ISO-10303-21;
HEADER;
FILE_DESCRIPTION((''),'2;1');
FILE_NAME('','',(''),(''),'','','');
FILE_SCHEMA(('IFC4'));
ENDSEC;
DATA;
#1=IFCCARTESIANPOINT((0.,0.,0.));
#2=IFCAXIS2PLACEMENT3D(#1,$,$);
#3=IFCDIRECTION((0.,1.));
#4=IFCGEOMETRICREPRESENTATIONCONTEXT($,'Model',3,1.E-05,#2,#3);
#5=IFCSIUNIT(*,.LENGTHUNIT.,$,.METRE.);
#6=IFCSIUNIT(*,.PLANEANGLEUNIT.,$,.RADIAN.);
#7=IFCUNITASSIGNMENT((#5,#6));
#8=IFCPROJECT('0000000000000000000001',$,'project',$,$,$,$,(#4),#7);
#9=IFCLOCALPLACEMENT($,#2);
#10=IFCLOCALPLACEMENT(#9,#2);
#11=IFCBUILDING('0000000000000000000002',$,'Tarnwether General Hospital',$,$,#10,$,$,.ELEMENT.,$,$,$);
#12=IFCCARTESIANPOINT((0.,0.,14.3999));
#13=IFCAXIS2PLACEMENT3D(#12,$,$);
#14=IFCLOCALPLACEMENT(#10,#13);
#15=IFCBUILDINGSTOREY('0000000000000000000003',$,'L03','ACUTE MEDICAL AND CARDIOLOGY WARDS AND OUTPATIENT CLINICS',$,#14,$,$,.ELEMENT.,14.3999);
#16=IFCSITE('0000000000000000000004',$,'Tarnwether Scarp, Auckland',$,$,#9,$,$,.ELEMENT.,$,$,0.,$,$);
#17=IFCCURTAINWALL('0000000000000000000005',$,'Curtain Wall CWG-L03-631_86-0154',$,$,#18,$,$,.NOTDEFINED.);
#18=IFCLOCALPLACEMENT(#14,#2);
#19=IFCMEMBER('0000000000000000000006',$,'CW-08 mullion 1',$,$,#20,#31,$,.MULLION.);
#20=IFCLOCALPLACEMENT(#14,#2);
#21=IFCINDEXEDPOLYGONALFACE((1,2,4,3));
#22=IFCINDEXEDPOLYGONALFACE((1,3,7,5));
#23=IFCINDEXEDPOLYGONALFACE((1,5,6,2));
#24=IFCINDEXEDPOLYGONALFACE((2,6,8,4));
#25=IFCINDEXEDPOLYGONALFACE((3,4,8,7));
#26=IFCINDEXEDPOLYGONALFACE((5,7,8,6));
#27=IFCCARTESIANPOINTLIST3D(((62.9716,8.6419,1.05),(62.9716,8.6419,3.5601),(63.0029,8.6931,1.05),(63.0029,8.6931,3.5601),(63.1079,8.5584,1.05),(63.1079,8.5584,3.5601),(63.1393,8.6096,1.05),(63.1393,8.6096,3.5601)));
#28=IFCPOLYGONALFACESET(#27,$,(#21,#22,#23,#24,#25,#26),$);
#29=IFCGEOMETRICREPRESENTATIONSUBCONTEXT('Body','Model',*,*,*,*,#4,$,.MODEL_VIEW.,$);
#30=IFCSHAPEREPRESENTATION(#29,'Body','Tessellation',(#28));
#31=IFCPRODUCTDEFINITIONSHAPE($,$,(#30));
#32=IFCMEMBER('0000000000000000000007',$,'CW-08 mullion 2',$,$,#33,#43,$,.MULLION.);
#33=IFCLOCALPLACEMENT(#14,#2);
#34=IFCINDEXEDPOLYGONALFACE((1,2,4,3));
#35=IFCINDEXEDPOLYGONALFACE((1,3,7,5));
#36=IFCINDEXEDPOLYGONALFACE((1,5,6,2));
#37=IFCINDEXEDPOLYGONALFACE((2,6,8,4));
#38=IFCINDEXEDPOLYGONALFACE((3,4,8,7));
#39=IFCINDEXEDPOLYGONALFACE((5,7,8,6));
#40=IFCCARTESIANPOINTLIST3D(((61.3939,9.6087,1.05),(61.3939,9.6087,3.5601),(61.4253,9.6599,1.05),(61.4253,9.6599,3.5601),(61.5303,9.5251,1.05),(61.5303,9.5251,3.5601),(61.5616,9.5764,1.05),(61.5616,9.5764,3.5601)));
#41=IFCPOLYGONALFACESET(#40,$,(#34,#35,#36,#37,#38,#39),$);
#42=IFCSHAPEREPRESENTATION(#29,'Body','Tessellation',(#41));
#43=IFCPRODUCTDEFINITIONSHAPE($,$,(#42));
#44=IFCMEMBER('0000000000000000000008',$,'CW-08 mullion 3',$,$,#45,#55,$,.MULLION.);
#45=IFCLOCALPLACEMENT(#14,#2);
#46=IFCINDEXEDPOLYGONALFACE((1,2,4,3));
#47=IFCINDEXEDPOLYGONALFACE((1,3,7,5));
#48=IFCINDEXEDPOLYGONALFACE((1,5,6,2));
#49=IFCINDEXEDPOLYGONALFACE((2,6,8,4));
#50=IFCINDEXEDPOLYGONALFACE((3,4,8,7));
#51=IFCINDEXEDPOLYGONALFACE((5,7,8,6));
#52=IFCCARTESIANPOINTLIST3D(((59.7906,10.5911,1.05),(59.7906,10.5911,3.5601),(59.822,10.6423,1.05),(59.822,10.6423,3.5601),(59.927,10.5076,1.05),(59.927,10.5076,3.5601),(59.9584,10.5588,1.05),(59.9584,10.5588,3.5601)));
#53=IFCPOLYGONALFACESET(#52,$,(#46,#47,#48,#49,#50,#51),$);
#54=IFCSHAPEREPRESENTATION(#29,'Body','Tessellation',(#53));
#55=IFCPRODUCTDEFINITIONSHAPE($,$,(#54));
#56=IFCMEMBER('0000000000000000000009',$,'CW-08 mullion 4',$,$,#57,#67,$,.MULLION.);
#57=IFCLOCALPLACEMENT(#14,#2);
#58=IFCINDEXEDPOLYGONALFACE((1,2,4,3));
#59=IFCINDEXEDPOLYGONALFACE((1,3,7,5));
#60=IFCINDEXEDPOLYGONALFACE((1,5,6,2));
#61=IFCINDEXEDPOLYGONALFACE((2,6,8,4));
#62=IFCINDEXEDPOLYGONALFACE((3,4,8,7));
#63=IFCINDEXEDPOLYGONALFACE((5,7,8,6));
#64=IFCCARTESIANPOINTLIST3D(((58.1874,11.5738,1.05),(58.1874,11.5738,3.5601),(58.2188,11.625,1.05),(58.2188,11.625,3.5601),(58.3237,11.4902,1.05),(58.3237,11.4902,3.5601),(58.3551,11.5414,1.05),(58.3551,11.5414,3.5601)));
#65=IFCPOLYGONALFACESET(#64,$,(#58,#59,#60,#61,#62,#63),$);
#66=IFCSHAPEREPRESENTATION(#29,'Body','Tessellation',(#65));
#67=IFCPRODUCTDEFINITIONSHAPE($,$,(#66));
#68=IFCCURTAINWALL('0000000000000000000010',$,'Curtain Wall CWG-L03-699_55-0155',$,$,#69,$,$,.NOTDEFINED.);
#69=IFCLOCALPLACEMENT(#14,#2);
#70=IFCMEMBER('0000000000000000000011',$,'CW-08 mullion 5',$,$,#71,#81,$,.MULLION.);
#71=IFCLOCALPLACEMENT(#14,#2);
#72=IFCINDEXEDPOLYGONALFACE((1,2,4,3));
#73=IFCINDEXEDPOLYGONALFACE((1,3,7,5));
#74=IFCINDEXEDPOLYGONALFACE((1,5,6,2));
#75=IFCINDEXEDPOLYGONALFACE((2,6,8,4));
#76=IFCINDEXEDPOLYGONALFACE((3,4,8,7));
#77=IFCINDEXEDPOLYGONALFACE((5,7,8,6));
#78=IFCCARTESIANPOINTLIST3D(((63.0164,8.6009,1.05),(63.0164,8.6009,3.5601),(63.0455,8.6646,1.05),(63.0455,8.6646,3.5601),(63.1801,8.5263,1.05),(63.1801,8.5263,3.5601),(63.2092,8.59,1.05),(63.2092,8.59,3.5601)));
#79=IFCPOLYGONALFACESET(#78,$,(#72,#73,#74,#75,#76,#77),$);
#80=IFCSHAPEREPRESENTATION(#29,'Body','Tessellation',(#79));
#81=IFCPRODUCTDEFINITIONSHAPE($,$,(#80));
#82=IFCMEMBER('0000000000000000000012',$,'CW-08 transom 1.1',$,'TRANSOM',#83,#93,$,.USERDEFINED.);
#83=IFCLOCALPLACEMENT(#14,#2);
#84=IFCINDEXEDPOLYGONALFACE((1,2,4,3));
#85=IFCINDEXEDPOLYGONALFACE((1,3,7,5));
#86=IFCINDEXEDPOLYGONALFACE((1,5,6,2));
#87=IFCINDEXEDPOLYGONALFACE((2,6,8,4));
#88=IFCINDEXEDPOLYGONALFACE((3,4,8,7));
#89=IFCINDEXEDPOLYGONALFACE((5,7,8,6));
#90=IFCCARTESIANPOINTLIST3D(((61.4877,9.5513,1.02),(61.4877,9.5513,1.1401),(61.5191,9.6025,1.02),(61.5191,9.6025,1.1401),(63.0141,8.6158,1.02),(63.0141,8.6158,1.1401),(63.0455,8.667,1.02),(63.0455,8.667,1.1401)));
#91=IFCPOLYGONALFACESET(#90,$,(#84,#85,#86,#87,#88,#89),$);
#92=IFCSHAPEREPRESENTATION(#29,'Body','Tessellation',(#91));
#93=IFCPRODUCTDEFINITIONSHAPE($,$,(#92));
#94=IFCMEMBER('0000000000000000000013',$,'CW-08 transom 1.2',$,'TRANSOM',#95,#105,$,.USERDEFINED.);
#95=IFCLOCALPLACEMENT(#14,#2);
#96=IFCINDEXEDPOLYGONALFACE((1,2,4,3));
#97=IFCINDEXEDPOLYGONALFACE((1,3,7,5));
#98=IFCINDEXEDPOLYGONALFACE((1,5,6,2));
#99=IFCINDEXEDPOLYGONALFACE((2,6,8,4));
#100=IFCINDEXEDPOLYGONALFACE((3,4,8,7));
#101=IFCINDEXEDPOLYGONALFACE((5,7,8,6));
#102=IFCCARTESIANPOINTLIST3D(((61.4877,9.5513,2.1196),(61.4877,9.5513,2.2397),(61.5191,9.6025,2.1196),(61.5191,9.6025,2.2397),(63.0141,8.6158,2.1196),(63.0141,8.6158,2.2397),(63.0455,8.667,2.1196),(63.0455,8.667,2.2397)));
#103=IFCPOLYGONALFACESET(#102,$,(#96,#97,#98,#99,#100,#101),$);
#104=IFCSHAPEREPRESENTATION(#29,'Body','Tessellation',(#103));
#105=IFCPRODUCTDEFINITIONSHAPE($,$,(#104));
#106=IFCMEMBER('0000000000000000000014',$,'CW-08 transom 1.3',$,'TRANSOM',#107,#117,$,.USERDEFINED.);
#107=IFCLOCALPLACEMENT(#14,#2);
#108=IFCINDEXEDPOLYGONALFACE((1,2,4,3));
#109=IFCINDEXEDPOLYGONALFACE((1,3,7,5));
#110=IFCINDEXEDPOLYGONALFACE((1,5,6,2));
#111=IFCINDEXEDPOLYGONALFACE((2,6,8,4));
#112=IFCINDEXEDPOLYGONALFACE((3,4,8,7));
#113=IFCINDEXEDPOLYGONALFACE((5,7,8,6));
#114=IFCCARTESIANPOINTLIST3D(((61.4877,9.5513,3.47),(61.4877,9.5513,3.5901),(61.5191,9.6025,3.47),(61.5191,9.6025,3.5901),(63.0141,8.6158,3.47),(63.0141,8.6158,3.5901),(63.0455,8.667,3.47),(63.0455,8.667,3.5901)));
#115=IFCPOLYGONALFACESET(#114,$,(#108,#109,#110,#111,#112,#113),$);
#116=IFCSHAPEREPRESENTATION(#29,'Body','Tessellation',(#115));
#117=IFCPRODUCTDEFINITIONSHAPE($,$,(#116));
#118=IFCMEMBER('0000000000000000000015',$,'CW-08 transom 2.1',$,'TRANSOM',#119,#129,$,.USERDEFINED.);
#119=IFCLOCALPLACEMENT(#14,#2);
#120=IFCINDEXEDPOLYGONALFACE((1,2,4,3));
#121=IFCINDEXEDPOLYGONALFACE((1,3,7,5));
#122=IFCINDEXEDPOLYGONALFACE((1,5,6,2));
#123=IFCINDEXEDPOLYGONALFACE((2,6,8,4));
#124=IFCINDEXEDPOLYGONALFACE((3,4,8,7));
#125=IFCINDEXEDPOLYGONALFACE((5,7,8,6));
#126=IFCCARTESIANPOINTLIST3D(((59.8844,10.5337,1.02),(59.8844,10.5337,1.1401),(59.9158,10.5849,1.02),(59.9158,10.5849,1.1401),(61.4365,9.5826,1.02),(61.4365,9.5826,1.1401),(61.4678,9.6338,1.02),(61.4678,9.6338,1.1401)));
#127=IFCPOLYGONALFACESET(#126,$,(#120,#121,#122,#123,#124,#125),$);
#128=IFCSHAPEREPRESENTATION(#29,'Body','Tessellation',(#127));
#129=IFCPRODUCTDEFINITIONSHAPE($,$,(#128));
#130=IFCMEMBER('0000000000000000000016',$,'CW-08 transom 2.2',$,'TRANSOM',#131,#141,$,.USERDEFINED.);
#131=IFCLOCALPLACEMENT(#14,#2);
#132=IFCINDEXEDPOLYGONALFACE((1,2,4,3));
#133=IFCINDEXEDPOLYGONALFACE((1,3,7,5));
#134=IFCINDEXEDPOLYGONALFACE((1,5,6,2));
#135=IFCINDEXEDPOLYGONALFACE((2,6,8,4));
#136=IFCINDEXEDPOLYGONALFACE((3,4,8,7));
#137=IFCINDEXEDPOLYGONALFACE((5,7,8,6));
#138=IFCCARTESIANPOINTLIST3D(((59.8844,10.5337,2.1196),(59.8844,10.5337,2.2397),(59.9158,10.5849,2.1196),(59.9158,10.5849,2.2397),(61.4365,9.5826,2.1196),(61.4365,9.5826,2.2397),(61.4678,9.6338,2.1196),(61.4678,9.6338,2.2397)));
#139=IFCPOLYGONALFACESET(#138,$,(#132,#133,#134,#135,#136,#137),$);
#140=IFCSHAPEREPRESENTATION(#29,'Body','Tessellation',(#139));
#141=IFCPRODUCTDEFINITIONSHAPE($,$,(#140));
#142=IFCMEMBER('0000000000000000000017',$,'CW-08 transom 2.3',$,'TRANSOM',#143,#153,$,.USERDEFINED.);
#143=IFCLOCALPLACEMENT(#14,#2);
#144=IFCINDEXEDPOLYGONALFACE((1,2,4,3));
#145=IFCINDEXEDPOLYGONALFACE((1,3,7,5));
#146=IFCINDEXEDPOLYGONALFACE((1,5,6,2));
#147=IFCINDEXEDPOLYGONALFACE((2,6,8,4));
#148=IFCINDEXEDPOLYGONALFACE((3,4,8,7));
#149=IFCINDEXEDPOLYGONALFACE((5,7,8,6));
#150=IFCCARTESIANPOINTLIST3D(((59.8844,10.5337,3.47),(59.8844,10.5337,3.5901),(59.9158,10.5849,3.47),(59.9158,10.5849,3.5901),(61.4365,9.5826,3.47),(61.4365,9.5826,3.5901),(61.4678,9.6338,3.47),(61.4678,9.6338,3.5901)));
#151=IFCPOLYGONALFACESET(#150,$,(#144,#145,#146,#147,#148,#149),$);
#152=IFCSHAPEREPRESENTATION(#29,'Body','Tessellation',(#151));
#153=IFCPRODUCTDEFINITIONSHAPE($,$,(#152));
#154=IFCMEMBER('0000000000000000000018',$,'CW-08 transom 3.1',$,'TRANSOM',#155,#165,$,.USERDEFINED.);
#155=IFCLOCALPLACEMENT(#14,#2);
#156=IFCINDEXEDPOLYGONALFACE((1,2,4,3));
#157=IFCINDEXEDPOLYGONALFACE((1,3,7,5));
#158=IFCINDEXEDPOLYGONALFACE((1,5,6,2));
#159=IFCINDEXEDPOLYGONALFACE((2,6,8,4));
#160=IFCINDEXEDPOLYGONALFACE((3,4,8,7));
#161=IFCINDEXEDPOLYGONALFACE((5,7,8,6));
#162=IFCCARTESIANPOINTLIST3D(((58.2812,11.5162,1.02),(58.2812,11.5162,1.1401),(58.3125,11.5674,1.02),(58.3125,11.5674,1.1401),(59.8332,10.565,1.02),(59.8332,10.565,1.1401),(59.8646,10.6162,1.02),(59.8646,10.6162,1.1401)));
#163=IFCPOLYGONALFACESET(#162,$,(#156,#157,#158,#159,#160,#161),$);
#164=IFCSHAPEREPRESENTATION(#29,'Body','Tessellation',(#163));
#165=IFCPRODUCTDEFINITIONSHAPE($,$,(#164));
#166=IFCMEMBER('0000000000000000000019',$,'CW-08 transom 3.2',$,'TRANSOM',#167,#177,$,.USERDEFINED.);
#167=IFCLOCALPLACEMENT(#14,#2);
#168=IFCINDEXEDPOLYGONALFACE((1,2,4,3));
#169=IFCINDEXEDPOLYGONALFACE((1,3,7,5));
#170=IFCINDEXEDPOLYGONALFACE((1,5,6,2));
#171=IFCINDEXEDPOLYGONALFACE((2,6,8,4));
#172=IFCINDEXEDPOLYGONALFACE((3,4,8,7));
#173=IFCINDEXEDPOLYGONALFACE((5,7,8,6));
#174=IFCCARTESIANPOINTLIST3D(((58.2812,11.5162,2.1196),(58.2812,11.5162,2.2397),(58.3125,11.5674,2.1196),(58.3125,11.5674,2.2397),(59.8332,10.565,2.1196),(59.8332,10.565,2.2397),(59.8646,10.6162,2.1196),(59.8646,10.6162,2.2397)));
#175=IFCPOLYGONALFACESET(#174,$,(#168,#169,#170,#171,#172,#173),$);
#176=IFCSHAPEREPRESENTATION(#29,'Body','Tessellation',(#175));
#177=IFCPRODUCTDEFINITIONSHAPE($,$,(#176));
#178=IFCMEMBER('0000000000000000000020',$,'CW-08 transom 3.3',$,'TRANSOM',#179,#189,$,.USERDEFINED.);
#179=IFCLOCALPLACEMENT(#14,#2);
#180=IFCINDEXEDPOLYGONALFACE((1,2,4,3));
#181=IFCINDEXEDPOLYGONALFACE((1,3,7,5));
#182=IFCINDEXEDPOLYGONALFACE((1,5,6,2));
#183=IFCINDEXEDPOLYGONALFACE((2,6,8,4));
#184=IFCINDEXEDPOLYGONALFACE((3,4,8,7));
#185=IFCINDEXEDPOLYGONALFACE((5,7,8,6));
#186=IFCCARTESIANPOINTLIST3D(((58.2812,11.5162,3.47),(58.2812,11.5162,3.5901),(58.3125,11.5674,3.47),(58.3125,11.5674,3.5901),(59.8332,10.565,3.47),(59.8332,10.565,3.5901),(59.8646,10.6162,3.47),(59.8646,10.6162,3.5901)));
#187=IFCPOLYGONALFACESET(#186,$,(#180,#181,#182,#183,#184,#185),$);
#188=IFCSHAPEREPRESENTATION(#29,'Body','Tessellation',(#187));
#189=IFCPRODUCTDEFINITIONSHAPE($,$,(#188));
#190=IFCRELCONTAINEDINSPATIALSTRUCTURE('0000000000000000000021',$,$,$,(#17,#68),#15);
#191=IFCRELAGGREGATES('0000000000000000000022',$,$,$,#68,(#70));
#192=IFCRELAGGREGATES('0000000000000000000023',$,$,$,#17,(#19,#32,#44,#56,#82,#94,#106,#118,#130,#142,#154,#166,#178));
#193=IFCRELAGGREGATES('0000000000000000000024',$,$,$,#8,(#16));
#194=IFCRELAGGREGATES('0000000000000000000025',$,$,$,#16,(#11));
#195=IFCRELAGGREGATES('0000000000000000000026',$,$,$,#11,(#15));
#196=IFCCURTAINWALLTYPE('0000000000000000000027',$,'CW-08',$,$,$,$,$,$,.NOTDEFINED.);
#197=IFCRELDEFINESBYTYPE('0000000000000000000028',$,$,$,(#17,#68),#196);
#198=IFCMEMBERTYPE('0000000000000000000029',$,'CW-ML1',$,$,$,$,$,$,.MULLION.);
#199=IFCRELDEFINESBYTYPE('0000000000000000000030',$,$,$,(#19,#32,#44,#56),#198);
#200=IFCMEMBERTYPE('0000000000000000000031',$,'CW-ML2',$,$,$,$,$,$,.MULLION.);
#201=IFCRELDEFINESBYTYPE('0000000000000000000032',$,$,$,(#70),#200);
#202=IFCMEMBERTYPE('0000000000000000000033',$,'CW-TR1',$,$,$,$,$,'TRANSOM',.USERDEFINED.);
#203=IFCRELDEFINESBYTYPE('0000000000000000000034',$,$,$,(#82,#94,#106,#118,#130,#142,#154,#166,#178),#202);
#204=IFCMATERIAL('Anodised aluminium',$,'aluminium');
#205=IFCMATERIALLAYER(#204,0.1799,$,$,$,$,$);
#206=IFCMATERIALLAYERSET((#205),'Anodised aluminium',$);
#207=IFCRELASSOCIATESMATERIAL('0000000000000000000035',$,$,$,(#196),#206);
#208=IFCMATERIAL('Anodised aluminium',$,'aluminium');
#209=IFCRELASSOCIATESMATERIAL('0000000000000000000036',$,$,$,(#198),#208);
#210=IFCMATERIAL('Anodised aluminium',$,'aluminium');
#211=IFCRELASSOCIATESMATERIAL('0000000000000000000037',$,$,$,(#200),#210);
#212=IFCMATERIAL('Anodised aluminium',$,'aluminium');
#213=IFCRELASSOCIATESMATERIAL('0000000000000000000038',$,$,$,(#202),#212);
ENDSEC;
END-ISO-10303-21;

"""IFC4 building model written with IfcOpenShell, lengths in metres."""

from ifc_helpers import new_model, si_unit, direction, frame, origin, origin_2d, place, context, subcontext, project, spatial, rectangle, extrude, material, layer, layer_set, material_profile, profile_set, type_object, element, aggregate, save


model = new_model("IFC4")

# Units and contexts
model_context = context("Model", 3, precision=1e-05, world=origin(), true_north=direction((0.0, 1.0)))
body_context = subcontext(model_context, "Body", "Model", "MODEL_VIEW")
ifc_project = project(units=[si_unit("LENGTHUNIT", "METRE"), si_unit("PLANEANGLEUNIT", "RADIAN")], contexts=[model_context])

# Site, building, storey
site_placement = place(None, origin())
site = spatial("IfcSite", under=ifc_project, at=site_placement, Name="Tarnwether Scarp, Auckland", CompositionType="ELEMENT", RefElevation=0.0)
building_placement = place(site_placement, origin())
building = spatial("IfcBuilding", under=site, at=building_placement, Name="Tarnwether General Hospital", CompositionType="ELEMENT")
storey_placement = place(building_placement, frame((0.0, 0.0, 14.3999)))
storey = spatial("IfcBuildingStorey", under=building, at=storey_placement, Name="L03", Description="ACUTE MEDICAL AND CARDIOLOGY WARDS AND OUTPATIENT CLINICS", CompositionType="ELEMENT", Elevation=14.3999)

# Curtain wall, members
ifc_material_1 = material(Name="Anodised aluminium", Category="aluminium")
ifc_layer_1 = layer(ifc_material_1, 0.1799)
ifc_layer_set_1 = layer_set([ifc_layer_1], Name="Anodised aluminium")
curtain_wall_type = type_object("IfcCurtainWallType", Name="CW-08", PredefinedType="NOTDEFINED", material=ifc_layer_set_1)
curtain_wall_1_placement = place(storey_placement, origin())
curtain_wall_1 = element("IfcCurtainWall", 1, at=curtain_wall_1_placement, inside=storey, type_object=curtain_wall_type, Name="Curtain Wall CWG-L03-631_86-0154", PredefinedType="NOTDEFINED")
ifc_material_2 = material(Name="Anodised aluminium", Category="aluminium")
ifc_material_profile_1 = material_profile(ifc_material_2, rectangle(XDim=0.0601, YDim=0.1599, at=origin_2d()), Name="ALU-MUL-60x160")
ifc_profile_set_1 = profile_set([ifc_material_profile_1], Name="Anodised aluminium")
member_type_1 = type_object("IfcMemberType", Name="CW-ML1", PredefinedType="MULLION", material=ifc_profile_set_1)
member_1_placement = place(storey_placement, frame((63.0554, 8.6257, 1.05), z_axis=(0.0, 0.0, 1.0), x_axis=(-0.522509, -0.852634, 0.0)))
member_1 = element("IfcMember", 2, at=member_1_placement, type_object=member_type_1, Name="CW-08 mullion 1", PredefinedType="MULLION", context=body_context, shape_type="SweptSolid", body=[
    extrude(rectangle(XDim=0.0601, YDim=0.1599, at=origin_2d()), origin(), (0.0, 0.0, 1.0), 2.51),
])
member_2_placement = place(storey_placement, frame((61.4778, 9.5925, 1.05), z_axis=(0.0, 0.0, 1.0), x_axis=(-0.522509, -0.852634, 0.0)))
member_2 = element("IfcMember", 3, at=member_2_placement, type_object=member_type_1, Name="CW-08 mullion 2", PredefinedType="MULLION", context=body_context, shape_type="SweptSolid", body=[
    extrude(rectangle(XDim=0.0601, YDim=0.1599, at=origin_2d()), origin(), (0.0, 0.0, 1.0), 2.51),
])
member_3_placement = place(storey_placement, frame((59.8745, 10.575, 1.05), z_axis=(0.0, 0.0, 1.0), x_axis=(-0.522509, -0.852634, 0.0)))
member_3 = element("IfcMember", 4, at=member_3_placement, type_object=member_type_1, Name="CW-08 mullion 3", PredefinedType="MULLION", context=body_context, shape_type="SweptSolid", body=[
    extrude(rectangle(XDim=0.0601, YDim=0.1599, at=origin_2d()), origin(), (0.0, 0.0, 1.0), 2.51),
])
member_4_placement = place(storey_placement, frame((58.2712, 11.5576, 1.05), z_axis=(0.0, 0.0, 1.0), x_axis=(-0.522509, -0.852634, 0.0)))
member_4 = element("IfcMember", 5, at=member_4_placement, type_object=member_type_1, Name="CW-08 mullion 4", PredefinedType="MULLION", context=body_context, shape_type="SweptSolid", body=[
    extrude(rectangle(XDim=0.0601, YDim=0.1599, at=origin_2d()), origin(), (0.0, 0.0, 1.0), 2.51),
])

# Curtain wall, member
curtain_wall_2_placement = place(storey_placement, origin())
curtain_wall_2 = element("IfcCurtainWall", 6, at=curtain_wall_2_placement, inside=storey, type_object=curtain_wall_type, Name="Curtain Wall CWG-L03-699_55-0155", PredefinedType="NOTDEFINED")
ifc_material_3 = material(Name="Anodised aluminium", Category="aluminium")
ifc_material_profile_2 = material_profile(ifc_material_3, rectangle(XDim=0.0701, YDim=0.1799, at=origin_2d()), Name="ALU-MUL-70x180")
ifc_profile_set_2 = profile_set([ifc_material_profile_2], Name="Anodised aluminium")
member_type_2 = type_object("IfcMemberType", Name="CW-ML2", PredefinedType="MULLION", material=ifc_profile_set_2)
member_5_placement = place(storey_placement, frame((63.1128, 8.5955, 1.05), z_axis=(0.0, 0.0, 1.0), x_axis=(-0.414694, -0.909961, 0.0)))
member_5 = element("IfcMember", 7, at=member_5_placement, type_object=member_type_2, Name="CW-08 mullion 5", PredefinedType="MULLION", context=body_context, shape_type="SweptSolid", body=[
    extrude(rectangle(XDim=0.0701, YDim=0.1799, at=origin_2d()), origin(), (0.0, 0.0, 1.0), 2.51),
])

# Members
ifc_material_4 = material(Name="Anodised aluminium", Category="aluminium")
ifc_material_profile_3 = material_profile(ifc_material_4, rectangle(XDim=0.0601, YDim=0.1201, at=origin_2d()), Name="ALU-TRN-60x120")
ifc_profile_set_3 = profile_set([ifc_material_profile_3], Name="Anodised aluminium")
member_type_3 = type_object("IfcMemberType", Name="CW-TR1", ElementType="TRANSOM", PredefinedType="USERDEFINED", material=ifc_profile_set_3)
member_6_placement = place(storey_placement, frame((63.0298, 8.6414, 1.0801), z_axis=(-0.852593, 0.522575, 0.0), x_axis=(-0.522575, -0.852593, 0.0)))
member_6 = element("IfcMember", 8, at=member_6_placement, type_object=member_type_3, Name="CW-08 transom 1.1", ObjectType="TRANSOM", PredefinedType="USERDEFINED", context=body_context, shape_type="SweptSolid", body=[
    extrude(rectangle(XDim=0.0601, YDim=0.1201, at=origin_2d()), origin(), (0.0, 0.0, 1.0), 1.7903),
])
member_7_placement = place(storey_placement, frame((63.0298, 8.6414, 2.1797), z_axis=(-0.852593, 0.522575, 0.0), x_axis=(-0.522575, -0.852593, 0.0)))
member_7 = element("IfcMember", 9, at=member_7_placement, type_object=member_type_3, Name="CW-08 transom 1.2", ObjectType="TRANSOM", PredefinedType="USERDEFINED", context=body_context, shape_type="SweptSolid", body=[
    extrude(rectangle(XDim=0.0601, YDim=0.1201, at=origin_2d()), origin(), (0.0, 0.0, 1.0), 1.7903),
])
member_8_placement = place(storey_placement, frame((63.0298, 8.6414, 3.53), z_axis=(-0.852593, 0.522575, 0.0), x_axis=(-0.522575, -0.852593, 0.0)))
member_8 = element("IfcMember", 10, at=member_8_placement, type_object=member_type_3, Name="CW-08 transom 1.3", ObjectType="TRANSOM", PredefinedType="USERDEFINED", context=body_context, shape_type="SweptSolid", body=[
    extrude(rectangle(XDim=0.0601, YDim=0.1201, at=origin_2d()), origin(), (0.0, 0.0, 1.0), 1.7903),
])
member_9_placement = place(storey_placement, frame((61.4521, 9.6082, 1.0801), z_axis=(-0.852615, 0.52254, 0.0), x_axis=(-0.52254, -0.852615, 0.0)))
member_9 = element("IfcMember", 11, at=member_9_placement, type_object=member_type_3, Name="CW-08 transom 2.1", ObjectType="TRANSOM", PredefinedType="USERDEFINED", context=body_context, shape_type="SweptSolid", body=[
    extrude(rectangle(XDim=0.0601, YDim=0.1201, at=origin_2d()), origin(), (0.0, 0.0, 1.0), 1.8203),
])
member_10_placement = place(storey_placement, frame((61.4521, 9.6082, 2.1797), z_axis=(-0.852615, 0.52254, 0.0), x_axis=(-0.52254, -0.852615, 0.0)))
member_10 = element("IfcMember", 12, at=member_10_placement, type_object=member_type_3, Name="CW-08 transom 2.2", ObjectType="TRANSOM", PredefinedType="USERDEFINED", context=body_context, shape_type="SweptSolid", body=[
    extrude(rectangle(XDim=0.0601, YDim=0.1201, at=origin_2d()), origin(), (0.0, 0.0, 1.0), 1.8203),
])
member_11_placement = place(storey_placement, frame((61.4521, 9.6082, 3.53), z_axis=(-0.852615, 0.52254, 0.0), x_axis=(-0.52254, -0.852615, 0.0)))
member_11 = element("IfcMember", 13, at=member_11_placement, type_object=member_type_3, Name="CW-08 transom 2.3", ObjectType="TRANSOM", PredefinedType="USERDEFINED", context=body_context, shape_type="SweptSolid", body=[
    extrude(rectangle(XDim=0.0601, YDim=0.1201, at=origin_2d()), origin(), (0.0, 0.0, 1.0), 1.8203),
])
member_12_placement = place(storey_placement, frame((59.8489, 10.5906, 1.0801), z_axis=(-0.852615, 0.52254, 0.0), x_axis=(-0.52254, -0.852615, 0.0)))
member_12 = element("IfcMember", 14, at=member_12_placement, type_object=member_type_3, Name="CW-08 transom 3.1", ObjectType="TRANSOM", PredefinedType="USERDEFINED", context=body_context, shape_type="SweptSolid", body=[
    extrude(rectangle(XDim=0.0601, YDim=0.1201, at=origin_2d()), origin(), (0.0, 0.0, 1.0), 1.8203),
])
member_13_placement = place(storey_placement, frame((59.8489, 10.5906, 2.1797), z_axis=(-0.852615, 0.52254, 0.0), x_axis=(-0.52254, -0.852615, 0.0)))
member_13 = element("IfcMember", 15, at=member_13_placement, type_object=member_type_3, Name="CW-08 transom 3.2", ObjectType="TRANSOM", PredefinedType="USERDEFINED", context=body_context, shape_type="SweptSolid", body=[
    extrude(rectangle(XDim=0.0601, YDim=0.1201, at=origin_2d()), origin(), (0.0, 0.0, 1.0), 1.8203),
])
member_14_placement = place(storey_placement, frame((59.8489, 10.5906, 3.53), z_axis=(-0.852615, 0.52254, 0.0), x_axis=(-0.52254, -0.852615, 0.0)))
member_14 = element("IfcMember", 16, at=member_14_placement, type_object=member_type_3, Name="CW-08 transom 3.3", ObjectType="TRANSOM", PredefinedType="USERDEFINED", context=body_context, shape_type="SweptSolid", body=[
    extrude(rectangle(XDim=0.0601, YDim=0.1201, at=origin_2d()), origin(), (0.0, 0.0, 1.0), 1.8203),
])

aggregate(curtain_wall_2, [member_5])
aggregate(curtain_wall_1, [member_1, member_2, member_3, member_4, member_6, member_7, member_8, member_9, member_10, member_11, member_12, member_13, member_14])

save(model, "model.ifc")
